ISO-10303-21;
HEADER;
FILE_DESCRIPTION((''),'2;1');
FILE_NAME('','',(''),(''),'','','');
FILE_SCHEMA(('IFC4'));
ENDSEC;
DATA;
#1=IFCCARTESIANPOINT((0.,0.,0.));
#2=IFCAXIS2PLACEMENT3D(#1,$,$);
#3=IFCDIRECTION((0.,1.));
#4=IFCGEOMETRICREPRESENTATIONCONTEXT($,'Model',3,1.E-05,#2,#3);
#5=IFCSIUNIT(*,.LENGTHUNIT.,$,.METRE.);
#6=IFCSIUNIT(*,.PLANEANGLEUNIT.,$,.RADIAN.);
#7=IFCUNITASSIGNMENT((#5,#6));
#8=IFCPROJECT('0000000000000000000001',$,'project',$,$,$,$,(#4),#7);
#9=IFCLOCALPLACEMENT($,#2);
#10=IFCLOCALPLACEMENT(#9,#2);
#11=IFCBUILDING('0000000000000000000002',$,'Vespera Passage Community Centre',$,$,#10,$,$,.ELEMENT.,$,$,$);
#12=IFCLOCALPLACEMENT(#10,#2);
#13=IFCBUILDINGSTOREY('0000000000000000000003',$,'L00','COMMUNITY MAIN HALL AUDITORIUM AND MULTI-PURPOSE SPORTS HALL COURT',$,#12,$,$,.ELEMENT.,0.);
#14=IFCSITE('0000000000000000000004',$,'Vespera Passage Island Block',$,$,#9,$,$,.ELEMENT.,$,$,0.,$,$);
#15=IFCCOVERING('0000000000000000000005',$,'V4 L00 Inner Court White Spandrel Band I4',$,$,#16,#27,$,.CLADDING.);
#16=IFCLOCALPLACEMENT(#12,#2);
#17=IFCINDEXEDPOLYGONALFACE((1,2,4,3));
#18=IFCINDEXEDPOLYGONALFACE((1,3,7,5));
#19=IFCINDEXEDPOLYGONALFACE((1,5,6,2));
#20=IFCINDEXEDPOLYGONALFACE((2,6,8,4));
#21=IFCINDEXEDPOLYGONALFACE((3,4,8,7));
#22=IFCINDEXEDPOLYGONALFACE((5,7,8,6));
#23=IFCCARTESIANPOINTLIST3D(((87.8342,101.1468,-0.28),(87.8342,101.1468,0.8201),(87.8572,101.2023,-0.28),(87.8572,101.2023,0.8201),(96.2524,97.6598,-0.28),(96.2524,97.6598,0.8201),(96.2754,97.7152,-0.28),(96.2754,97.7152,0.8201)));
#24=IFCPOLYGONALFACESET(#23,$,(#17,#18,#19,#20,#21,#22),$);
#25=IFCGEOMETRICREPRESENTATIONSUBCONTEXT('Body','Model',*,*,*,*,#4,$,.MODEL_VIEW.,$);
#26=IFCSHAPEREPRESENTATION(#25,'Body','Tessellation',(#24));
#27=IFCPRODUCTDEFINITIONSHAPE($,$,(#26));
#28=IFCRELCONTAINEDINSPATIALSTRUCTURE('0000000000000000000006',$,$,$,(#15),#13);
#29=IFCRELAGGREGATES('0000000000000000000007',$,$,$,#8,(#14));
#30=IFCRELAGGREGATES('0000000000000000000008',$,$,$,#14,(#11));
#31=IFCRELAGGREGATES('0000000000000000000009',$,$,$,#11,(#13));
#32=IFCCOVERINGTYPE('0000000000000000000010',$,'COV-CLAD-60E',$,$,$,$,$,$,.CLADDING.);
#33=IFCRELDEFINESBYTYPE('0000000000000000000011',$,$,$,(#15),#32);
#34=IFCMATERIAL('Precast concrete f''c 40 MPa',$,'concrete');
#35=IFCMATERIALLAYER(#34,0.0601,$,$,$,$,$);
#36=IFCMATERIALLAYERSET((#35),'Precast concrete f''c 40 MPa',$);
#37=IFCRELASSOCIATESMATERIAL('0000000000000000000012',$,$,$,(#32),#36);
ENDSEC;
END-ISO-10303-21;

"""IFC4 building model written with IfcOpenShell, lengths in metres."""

from ifc_helpers import new_model, si_unit, direction, frame, frame_2d, origin, place, context, subcontext, project, spatial, rectangle, extrude, material, layer, layer_set, type_object, element, save


model = new_model("IFC4")

# Units and contexts
model_context = context("Model", 3, precision=1e-05, world=origin(), true_north=direction((0.0, 1.0)))
body_context = subcontext(model_context, "Body", "Model", "MODEL_VIEW")
ifc_project = project(units=[si_unit("LENGTHUNIT", "METRE"), si_unit("PLANEANGLEUNIT", "RADIAN")], contexts=[model_context])

# Site, building, storey
site_placement = place(None, origin())
site = spatial("IfcSite", under=ifc_project, at=site_placement, Name="Vespera Passage Island Block", CompositionType="ELEMENT", RefElevation=0.0)
building_placement = place(site_placement, origin())
building = spatial("IfcBuilding", under=site, at=building_placement, Name="Vespera Passage Community Centre", CompositionType="ELEMENT")
storey_placement = place(building_placement, origin())
storey = spatial("IfcBuildingStorey", under=building, at=storey_placement, Name="L00", Description="COMMUNITY MAIN HALL AUDITORIUM AND MULTI-PURPOSE SPORTS HALL COURT", CompositionType="ELEMENT", Elevation=0.0)

# Covering
ifc_material_1 = material(Name="Precast concrete f'c 40 MPa", Category="concrete")
ifc_layer_1 = layer(ifc_material_1, 0.0601)
ifc_layer_set_1 = layer_set([ifc_layer_1], Name="Precast concrete f'c 40 MPa")
covering_type = type_object("IfcCoveringType", Name="COV-CLAD-60E", PredefinedType="CLADDING", material=ifc_layer_set_1)
covering_placement = place(storey_placement, frame((96.2639, 97.6875, -0.28), z_axis=(0.0, 0.0, 1.0), x_axis=(-0.923875, 0.382695, 0.0)))
element("IfcCovering", 1, at=covering_placement, inside=storey, type_object=covering_type, Name="V4 L00 Inner Court White Spandrel Band I4", PredefinedType="CLADDING", context=body_context, shape_type="SweptSolid", body=[
    extrude(rectangle(XDim=9.1118, YDim=0.0601, at=frame_2d((4.5559, 0.0))), origin(), (0.0, 0.0, 1.0), 1.1001),
])

save(model, "model.ifc")
